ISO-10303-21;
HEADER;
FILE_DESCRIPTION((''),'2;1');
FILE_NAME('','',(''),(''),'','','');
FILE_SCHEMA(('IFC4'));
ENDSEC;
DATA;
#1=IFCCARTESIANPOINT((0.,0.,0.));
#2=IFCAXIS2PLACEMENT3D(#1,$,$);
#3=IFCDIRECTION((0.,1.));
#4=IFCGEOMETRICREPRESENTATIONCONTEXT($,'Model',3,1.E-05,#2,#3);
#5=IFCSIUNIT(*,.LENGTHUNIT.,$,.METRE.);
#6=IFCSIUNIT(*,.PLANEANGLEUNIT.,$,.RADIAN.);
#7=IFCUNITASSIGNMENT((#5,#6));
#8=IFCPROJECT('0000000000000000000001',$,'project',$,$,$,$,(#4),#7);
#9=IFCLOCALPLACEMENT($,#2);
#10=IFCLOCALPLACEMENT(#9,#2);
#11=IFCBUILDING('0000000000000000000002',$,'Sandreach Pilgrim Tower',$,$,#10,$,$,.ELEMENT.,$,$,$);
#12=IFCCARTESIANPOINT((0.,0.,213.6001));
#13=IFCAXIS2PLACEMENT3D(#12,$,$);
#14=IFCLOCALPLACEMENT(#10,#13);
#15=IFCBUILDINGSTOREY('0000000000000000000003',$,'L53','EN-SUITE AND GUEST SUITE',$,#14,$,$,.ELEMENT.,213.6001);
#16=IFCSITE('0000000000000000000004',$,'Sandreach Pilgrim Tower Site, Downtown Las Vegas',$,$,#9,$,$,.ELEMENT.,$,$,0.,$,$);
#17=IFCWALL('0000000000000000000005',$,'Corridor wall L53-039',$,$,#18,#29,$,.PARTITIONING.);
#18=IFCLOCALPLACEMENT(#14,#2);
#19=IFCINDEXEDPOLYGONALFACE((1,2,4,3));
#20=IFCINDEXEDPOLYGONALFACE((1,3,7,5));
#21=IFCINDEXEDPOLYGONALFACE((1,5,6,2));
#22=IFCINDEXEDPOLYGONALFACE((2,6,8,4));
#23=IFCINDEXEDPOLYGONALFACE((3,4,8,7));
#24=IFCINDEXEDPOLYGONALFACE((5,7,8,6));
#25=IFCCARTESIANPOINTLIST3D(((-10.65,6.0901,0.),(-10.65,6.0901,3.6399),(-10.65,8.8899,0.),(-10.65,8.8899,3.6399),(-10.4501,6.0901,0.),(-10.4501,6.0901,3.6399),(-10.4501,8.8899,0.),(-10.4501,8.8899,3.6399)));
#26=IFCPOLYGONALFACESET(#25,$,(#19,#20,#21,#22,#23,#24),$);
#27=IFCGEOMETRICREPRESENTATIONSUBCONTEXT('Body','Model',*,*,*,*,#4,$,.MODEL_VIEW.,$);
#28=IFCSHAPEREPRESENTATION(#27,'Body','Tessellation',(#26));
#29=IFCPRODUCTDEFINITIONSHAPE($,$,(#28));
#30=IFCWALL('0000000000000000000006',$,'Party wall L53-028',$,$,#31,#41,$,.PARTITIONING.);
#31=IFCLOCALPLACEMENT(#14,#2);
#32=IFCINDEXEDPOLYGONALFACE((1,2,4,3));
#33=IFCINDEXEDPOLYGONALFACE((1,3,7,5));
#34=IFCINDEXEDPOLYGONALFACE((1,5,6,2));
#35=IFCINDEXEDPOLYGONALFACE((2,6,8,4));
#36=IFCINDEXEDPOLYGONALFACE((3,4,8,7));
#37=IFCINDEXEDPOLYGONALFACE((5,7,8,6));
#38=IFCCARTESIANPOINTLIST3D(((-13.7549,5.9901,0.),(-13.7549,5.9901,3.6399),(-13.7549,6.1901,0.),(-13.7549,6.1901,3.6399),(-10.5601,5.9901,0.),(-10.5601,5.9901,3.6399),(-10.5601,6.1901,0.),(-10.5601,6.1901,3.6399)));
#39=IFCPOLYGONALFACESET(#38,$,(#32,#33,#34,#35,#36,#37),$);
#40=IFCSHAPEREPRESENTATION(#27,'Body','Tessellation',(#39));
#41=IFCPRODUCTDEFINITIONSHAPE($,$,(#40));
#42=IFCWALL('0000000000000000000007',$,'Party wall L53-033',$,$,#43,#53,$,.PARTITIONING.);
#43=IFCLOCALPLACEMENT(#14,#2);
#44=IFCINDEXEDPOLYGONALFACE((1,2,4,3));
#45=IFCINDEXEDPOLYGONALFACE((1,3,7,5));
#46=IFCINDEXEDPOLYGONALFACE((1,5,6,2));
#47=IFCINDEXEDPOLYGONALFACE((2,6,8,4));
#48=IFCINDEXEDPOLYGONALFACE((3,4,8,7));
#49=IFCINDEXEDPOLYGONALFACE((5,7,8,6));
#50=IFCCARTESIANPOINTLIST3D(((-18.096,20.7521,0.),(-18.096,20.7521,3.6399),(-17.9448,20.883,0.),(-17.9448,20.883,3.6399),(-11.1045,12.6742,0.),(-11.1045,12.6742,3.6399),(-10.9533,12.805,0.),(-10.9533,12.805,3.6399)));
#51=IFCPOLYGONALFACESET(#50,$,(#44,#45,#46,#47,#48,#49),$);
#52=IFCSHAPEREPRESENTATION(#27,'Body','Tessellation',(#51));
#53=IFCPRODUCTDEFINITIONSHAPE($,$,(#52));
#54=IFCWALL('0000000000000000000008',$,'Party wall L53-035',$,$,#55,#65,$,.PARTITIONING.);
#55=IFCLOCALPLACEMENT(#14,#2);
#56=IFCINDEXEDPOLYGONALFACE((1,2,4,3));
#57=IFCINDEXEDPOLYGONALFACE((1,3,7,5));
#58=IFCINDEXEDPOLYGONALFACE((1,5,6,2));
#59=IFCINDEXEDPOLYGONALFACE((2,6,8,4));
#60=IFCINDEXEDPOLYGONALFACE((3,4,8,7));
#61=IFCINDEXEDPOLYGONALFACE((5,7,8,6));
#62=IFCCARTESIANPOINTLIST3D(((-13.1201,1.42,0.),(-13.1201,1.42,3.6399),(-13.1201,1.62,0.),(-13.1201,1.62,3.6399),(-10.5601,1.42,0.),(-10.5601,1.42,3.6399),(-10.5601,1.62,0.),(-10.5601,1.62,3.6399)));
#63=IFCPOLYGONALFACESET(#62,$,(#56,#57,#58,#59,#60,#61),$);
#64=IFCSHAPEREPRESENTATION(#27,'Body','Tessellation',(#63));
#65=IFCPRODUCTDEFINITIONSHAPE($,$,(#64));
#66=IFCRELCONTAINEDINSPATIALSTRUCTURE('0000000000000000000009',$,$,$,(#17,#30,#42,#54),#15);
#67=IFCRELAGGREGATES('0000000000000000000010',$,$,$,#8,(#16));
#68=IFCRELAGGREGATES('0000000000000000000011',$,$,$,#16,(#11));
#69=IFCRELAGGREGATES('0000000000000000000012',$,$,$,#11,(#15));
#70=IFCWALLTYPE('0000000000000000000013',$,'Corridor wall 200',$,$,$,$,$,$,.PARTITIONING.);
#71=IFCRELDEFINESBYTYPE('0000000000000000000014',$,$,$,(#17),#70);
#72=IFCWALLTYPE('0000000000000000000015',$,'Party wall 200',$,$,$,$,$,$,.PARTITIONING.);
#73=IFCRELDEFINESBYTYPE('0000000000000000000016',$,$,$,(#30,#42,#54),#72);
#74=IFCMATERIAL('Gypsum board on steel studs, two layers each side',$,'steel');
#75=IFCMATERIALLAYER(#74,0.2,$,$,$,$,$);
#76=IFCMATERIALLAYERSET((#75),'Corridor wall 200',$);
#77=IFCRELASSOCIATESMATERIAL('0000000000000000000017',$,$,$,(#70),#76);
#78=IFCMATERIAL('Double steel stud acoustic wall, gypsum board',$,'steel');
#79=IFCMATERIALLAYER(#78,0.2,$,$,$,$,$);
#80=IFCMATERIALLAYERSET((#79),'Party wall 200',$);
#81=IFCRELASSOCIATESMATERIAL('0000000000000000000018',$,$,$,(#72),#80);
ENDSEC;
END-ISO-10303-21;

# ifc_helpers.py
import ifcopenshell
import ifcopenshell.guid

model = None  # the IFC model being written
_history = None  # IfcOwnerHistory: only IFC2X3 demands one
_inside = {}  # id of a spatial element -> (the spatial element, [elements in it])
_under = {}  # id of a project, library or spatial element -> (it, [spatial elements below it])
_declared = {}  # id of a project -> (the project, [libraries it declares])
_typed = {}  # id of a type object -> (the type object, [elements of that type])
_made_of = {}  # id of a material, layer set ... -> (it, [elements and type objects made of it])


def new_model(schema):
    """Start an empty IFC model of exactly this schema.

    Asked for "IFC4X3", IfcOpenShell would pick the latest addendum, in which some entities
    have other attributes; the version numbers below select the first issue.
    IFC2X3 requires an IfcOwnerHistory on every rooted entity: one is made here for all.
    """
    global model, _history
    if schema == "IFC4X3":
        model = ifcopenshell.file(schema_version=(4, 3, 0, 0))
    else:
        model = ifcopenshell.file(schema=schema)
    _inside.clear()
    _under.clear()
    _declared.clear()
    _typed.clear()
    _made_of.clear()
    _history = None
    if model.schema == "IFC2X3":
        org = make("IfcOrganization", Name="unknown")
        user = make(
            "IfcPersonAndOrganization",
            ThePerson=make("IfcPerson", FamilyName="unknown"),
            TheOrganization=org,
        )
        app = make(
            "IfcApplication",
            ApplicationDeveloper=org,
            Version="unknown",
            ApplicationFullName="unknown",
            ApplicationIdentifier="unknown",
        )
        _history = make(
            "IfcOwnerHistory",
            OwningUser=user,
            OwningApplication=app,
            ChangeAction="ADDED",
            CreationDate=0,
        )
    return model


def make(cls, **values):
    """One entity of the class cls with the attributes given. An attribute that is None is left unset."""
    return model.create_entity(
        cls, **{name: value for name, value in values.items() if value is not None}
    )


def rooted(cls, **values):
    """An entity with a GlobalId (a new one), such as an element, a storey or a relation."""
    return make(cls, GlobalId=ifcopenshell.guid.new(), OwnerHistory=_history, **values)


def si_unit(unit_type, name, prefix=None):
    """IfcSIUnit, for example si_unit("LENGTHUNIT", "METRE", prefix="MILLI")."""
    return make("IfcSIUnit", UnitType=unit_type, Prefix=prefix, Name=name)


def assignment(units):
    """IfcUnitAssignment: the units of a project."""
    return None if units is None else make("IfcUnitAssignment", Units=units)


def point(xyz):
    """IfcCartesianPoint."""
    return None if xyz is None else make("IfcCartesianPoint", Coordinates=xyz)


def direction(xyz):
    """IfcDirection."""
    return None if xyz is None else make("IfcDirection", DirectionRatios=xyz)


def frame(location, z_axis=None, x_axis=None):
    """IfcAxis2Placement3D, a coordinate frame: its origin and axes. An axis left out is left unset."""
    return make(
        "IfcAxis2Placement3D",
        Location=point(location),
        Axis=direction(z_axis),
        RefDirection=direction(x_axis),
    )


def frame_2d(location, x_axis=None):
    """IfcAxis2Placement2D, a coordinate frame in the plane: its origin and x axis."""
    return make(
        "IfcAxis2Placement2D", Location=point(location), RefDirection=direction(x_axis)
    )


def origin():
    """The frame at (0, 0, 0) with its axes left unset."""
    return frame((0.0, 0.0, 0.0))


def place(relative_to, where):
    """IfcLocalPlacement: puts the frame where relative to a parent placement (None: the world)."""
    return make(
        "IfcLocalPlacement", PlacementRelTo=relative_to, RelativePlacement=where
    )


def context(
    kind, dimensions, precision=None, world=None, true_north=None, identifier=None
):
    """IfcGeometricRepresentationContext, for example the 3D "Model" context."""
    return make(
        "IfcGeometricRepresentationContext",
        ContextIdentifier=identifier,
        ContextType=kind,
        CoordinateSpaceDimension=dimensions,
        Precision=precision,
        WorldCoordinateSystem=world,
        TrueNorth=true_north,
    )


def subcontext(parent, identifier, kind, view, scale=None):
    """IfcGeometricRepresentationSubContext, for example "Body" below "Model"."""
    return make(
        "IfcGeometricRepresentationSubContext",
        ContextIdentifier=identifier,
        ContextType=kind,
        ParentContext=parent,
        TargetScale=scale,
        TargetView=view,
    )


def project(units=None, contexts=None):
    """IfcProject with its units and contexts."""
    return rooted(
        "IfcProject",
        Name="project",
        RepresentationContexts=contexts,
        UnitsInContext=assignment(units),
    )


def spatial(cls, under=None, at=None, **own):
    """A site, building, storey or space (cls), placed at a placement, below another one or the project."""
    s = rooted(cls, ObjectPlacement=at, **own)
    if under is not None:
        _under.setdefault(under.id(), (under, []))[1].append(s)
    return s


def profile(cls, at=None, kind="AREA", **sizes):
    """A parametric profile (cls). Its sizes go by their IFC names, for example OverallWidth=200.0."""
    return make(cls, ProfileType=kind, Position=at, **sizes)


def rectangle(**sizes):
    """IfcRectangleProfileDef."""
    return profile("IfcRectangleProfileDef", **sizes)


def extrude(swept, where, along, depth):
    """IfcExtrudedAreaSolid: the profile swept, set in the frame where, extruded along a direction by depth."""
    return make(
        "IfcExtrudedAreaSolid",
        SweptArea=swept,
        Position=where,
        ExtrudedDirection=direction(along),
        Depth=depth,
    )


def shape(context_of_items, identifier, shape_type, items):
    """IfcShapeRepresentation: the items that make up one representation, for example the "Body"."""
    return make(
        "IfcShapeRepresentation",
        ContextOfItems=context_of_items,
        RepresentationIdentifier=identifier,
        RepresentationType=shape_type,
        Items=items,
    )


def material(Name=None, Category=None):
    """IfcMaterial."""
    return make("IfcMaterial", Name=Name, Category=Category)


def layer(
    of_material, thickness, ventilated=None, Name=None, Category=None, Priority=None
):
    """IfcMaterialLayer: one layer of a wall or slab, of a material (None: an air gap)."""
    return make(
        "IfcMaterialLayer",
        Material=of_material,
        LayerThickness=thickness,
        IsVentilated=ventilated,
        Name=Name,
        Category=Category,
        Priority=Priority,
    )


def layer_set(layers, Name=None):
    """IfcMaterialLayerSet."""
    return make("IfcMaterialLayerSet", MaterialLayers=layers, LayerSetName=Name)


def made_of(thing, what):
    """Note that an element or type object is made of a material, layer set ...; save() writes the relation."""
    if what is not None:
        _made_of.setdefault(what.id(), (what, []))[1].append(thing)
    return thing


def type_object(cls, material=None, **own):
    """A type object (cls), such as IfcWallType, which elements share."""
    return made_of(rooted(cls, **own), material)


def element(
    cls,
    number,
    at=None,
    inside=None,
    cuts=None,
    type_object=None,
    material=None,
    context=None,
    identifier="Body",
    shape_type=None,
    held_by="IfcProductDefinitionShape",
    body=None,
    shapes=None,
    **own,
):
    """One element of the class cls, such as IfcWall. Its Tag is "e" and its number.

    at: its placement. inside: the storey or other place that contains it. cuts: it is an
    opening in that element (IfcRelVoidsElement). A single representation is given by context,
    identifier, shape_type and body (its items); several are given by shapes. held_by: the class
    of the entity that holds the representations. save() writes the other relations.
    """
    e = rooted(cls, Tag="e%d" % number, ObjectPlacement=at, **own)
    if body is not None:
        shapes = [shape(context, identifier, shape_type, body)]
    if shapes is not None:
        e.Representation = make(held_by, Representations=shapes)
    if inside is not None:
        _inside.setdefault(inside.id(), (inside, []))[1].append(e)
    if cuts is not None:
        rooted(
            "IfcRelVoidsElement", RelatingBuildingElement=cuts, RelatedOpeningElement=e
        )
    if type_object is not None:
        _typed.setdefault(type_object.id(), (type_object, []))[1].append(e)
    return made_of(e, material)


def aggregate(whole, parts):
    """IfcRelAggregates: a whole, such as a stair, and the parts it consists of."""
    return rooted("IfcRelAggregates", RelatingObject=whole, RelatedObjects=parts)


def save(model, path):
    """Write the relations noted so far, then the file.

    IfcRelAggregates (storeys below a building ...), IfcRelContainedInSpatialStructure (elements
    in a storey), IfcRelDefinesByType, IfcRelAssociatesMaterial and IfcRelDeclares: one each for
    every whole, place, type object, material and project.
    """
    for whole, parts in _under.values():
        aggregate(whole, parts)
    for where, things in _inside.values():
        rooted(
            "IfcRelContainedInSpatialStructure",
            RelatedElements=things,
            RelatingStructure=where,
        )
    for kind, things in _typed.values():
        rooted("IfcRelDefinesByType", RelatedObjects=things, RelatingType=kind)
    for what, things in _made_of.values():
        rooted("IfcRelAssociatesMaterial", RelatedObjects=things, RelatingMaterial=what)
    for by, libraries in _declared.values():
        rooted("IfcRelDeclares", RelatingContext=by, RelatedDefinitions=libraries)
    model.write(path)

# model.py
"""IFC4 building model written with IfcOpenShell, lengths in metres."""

from ifc_helpers import new_model, si_unit, direction, frame, frame_2d, origin, place, context, subcontext, project, spatial, rectangle, extrude, material, layer, layer_set, type_object, element, save


model = new_model("IFC4")

# Units and contexts
model_context = context("Model", 3, precision=1e-05, world=origin(), true_north=direction((0.0, 1.0)))
body_context = subcontext(model_context, "Body", "Model", "MODEL_VIEW")
ifc_project = project(units=[si_unit("LENGTHUNIT", "METRE"), si_unit("PLANEANGLEUNIT", "RADIAN")], contexts=[model_context])

# Site, building, storey
site_placement = place(None, origin())
site = spatial("IfcSite", under=ifc_project, at=site_placement, Name="Sandreach Pilgrim Tower Site, Downtown Las Vegas", CompositionType="ELEMENT", RefElevation=0.0)
building_placement = place(site_placement, origin())
building = spatial("IfcBuilding", under=site, at=building_placement, Name="Sandreach Pilgrim Tower", CompositionType="ELEMENT")
storey_placement = place(building_placement, frame((0.0, 0.0, 213.6001)))
storey = spatial("IfcBuildingStorey", under=building, at=storey_placement, Name="L53", Description="EN-SUITE AND GUEST SUITE", CompositionType="ELEMENT", Elevation=213.6001)

# Shared definitions
ifc_material_1 = material(Name="Gypsum board on steel studs, two layers each side", Category="steel")
ifc_layer_1 = layer(ifc_material_1, 0.2)
ifc_layer_set_1 = layer_set([ifc_layer_1], Name="Corridor wall 200")
wall_type_1 = type_object("IfcWallType", Name="Corridor wall 200", PredefinedType="PARTITIONING", material=ifc_layer_set_1)

# Walls
wall_1_placement = place(storey_placement, frame((-10.55, 8.8899, 0.0), z_axis=(0.0, 0.0, 1.0), x_axis=(0.0, -1.0, 0.0)))
element("IfcWall", 1, at=wall_1_placement, inside=storey, type_object=wall_type_1, Name="Corridor wall L53-039", PredefinedType="PARTITIONING", context=body_context, shape_type="SweptSolid", body=[
    extrude(rectangle(XDim=2.7998, YDim=0.2, at=frame_2d((1.3999, 0.0))), origin(), (0.0, 0.0, 1.0), 3.6399),
])
ifc_material_2 = material(Name="Double steel stud acoustic wall, gypsum board", Category="steel")
ifc_layer_2 = layer(ifc_material_2, 0.2)
ifc_layer_set_2 = layer_set([ifc_layer_2], Name="Party wall 200")
wall_type_2 = type_object("IfcWallType", Name="Party wall 200", PredefinedType="PARTITIONING", material=ifc_layer_set_2)
wall_2_placement = place(storey_placement, frame((-13.7549, 6.0901, 0.0), z_axis=(0.0, 0.0, 1.0), x_axis=(1.0, 0.0, 0.0)))
element("IfcWall", 2, at=wall_2_placement, inside=storey, type_object=wall_type_2, Name="Party wall L53-028", PredefinedType="PARTITIONING", context=body_context, shape_type="SweptSolid", body=[
    extrude(rectangle(XDim=3.1948, YDim=0.2, at=frame_2d((1.5974, 0.0))), origin(), (0.0, 0.0, 1.0), 3.6399),
])
wall_3_placement = place(storey_placement, frame((-11.0288, 12.7395, 0.0), z_axis=(0.0, 0.0, 1.0), x_axis=(-0.654429, 0.756123, 0.0)))
element("IfcWall", 3, at=wall_3_placement, inside=storey, type_object=wall_type_2, Name="Party wall L53-033", PredefinedType="PARTITIONING", context=body_context, shape_type="SweptSolid", body=[
    extrude(rectangle(XDim=10.6833, YDim=0.2, at=frame_2d((5.3418, 0.0))), origin(), (0.0, 0.0, 1.0), 3.6399),
])
wall_4_placement = place(storey_placement, frame((-10.5601, 1.52, 0.0), z_axis=(0.0, 0.0, 1.0), x_axis=(-1.0, 0.0, 0.0)))
element("IfcWall", 4, at=wall_4_placement, inside=storey, type_object=wall_type_2, Name="Party wall L53-035", PredefinedType="PARTITIONING", context=body_context, shape_type="SweptSolid", body=[
    extrude(rectangle(XDim=2.5601, YDim=0.2, at=frame_2d((1.28, 0.0))), origin(), (0.0, 0.0, 1.0), 3.6399),
])

save(model, "model.ifc")
